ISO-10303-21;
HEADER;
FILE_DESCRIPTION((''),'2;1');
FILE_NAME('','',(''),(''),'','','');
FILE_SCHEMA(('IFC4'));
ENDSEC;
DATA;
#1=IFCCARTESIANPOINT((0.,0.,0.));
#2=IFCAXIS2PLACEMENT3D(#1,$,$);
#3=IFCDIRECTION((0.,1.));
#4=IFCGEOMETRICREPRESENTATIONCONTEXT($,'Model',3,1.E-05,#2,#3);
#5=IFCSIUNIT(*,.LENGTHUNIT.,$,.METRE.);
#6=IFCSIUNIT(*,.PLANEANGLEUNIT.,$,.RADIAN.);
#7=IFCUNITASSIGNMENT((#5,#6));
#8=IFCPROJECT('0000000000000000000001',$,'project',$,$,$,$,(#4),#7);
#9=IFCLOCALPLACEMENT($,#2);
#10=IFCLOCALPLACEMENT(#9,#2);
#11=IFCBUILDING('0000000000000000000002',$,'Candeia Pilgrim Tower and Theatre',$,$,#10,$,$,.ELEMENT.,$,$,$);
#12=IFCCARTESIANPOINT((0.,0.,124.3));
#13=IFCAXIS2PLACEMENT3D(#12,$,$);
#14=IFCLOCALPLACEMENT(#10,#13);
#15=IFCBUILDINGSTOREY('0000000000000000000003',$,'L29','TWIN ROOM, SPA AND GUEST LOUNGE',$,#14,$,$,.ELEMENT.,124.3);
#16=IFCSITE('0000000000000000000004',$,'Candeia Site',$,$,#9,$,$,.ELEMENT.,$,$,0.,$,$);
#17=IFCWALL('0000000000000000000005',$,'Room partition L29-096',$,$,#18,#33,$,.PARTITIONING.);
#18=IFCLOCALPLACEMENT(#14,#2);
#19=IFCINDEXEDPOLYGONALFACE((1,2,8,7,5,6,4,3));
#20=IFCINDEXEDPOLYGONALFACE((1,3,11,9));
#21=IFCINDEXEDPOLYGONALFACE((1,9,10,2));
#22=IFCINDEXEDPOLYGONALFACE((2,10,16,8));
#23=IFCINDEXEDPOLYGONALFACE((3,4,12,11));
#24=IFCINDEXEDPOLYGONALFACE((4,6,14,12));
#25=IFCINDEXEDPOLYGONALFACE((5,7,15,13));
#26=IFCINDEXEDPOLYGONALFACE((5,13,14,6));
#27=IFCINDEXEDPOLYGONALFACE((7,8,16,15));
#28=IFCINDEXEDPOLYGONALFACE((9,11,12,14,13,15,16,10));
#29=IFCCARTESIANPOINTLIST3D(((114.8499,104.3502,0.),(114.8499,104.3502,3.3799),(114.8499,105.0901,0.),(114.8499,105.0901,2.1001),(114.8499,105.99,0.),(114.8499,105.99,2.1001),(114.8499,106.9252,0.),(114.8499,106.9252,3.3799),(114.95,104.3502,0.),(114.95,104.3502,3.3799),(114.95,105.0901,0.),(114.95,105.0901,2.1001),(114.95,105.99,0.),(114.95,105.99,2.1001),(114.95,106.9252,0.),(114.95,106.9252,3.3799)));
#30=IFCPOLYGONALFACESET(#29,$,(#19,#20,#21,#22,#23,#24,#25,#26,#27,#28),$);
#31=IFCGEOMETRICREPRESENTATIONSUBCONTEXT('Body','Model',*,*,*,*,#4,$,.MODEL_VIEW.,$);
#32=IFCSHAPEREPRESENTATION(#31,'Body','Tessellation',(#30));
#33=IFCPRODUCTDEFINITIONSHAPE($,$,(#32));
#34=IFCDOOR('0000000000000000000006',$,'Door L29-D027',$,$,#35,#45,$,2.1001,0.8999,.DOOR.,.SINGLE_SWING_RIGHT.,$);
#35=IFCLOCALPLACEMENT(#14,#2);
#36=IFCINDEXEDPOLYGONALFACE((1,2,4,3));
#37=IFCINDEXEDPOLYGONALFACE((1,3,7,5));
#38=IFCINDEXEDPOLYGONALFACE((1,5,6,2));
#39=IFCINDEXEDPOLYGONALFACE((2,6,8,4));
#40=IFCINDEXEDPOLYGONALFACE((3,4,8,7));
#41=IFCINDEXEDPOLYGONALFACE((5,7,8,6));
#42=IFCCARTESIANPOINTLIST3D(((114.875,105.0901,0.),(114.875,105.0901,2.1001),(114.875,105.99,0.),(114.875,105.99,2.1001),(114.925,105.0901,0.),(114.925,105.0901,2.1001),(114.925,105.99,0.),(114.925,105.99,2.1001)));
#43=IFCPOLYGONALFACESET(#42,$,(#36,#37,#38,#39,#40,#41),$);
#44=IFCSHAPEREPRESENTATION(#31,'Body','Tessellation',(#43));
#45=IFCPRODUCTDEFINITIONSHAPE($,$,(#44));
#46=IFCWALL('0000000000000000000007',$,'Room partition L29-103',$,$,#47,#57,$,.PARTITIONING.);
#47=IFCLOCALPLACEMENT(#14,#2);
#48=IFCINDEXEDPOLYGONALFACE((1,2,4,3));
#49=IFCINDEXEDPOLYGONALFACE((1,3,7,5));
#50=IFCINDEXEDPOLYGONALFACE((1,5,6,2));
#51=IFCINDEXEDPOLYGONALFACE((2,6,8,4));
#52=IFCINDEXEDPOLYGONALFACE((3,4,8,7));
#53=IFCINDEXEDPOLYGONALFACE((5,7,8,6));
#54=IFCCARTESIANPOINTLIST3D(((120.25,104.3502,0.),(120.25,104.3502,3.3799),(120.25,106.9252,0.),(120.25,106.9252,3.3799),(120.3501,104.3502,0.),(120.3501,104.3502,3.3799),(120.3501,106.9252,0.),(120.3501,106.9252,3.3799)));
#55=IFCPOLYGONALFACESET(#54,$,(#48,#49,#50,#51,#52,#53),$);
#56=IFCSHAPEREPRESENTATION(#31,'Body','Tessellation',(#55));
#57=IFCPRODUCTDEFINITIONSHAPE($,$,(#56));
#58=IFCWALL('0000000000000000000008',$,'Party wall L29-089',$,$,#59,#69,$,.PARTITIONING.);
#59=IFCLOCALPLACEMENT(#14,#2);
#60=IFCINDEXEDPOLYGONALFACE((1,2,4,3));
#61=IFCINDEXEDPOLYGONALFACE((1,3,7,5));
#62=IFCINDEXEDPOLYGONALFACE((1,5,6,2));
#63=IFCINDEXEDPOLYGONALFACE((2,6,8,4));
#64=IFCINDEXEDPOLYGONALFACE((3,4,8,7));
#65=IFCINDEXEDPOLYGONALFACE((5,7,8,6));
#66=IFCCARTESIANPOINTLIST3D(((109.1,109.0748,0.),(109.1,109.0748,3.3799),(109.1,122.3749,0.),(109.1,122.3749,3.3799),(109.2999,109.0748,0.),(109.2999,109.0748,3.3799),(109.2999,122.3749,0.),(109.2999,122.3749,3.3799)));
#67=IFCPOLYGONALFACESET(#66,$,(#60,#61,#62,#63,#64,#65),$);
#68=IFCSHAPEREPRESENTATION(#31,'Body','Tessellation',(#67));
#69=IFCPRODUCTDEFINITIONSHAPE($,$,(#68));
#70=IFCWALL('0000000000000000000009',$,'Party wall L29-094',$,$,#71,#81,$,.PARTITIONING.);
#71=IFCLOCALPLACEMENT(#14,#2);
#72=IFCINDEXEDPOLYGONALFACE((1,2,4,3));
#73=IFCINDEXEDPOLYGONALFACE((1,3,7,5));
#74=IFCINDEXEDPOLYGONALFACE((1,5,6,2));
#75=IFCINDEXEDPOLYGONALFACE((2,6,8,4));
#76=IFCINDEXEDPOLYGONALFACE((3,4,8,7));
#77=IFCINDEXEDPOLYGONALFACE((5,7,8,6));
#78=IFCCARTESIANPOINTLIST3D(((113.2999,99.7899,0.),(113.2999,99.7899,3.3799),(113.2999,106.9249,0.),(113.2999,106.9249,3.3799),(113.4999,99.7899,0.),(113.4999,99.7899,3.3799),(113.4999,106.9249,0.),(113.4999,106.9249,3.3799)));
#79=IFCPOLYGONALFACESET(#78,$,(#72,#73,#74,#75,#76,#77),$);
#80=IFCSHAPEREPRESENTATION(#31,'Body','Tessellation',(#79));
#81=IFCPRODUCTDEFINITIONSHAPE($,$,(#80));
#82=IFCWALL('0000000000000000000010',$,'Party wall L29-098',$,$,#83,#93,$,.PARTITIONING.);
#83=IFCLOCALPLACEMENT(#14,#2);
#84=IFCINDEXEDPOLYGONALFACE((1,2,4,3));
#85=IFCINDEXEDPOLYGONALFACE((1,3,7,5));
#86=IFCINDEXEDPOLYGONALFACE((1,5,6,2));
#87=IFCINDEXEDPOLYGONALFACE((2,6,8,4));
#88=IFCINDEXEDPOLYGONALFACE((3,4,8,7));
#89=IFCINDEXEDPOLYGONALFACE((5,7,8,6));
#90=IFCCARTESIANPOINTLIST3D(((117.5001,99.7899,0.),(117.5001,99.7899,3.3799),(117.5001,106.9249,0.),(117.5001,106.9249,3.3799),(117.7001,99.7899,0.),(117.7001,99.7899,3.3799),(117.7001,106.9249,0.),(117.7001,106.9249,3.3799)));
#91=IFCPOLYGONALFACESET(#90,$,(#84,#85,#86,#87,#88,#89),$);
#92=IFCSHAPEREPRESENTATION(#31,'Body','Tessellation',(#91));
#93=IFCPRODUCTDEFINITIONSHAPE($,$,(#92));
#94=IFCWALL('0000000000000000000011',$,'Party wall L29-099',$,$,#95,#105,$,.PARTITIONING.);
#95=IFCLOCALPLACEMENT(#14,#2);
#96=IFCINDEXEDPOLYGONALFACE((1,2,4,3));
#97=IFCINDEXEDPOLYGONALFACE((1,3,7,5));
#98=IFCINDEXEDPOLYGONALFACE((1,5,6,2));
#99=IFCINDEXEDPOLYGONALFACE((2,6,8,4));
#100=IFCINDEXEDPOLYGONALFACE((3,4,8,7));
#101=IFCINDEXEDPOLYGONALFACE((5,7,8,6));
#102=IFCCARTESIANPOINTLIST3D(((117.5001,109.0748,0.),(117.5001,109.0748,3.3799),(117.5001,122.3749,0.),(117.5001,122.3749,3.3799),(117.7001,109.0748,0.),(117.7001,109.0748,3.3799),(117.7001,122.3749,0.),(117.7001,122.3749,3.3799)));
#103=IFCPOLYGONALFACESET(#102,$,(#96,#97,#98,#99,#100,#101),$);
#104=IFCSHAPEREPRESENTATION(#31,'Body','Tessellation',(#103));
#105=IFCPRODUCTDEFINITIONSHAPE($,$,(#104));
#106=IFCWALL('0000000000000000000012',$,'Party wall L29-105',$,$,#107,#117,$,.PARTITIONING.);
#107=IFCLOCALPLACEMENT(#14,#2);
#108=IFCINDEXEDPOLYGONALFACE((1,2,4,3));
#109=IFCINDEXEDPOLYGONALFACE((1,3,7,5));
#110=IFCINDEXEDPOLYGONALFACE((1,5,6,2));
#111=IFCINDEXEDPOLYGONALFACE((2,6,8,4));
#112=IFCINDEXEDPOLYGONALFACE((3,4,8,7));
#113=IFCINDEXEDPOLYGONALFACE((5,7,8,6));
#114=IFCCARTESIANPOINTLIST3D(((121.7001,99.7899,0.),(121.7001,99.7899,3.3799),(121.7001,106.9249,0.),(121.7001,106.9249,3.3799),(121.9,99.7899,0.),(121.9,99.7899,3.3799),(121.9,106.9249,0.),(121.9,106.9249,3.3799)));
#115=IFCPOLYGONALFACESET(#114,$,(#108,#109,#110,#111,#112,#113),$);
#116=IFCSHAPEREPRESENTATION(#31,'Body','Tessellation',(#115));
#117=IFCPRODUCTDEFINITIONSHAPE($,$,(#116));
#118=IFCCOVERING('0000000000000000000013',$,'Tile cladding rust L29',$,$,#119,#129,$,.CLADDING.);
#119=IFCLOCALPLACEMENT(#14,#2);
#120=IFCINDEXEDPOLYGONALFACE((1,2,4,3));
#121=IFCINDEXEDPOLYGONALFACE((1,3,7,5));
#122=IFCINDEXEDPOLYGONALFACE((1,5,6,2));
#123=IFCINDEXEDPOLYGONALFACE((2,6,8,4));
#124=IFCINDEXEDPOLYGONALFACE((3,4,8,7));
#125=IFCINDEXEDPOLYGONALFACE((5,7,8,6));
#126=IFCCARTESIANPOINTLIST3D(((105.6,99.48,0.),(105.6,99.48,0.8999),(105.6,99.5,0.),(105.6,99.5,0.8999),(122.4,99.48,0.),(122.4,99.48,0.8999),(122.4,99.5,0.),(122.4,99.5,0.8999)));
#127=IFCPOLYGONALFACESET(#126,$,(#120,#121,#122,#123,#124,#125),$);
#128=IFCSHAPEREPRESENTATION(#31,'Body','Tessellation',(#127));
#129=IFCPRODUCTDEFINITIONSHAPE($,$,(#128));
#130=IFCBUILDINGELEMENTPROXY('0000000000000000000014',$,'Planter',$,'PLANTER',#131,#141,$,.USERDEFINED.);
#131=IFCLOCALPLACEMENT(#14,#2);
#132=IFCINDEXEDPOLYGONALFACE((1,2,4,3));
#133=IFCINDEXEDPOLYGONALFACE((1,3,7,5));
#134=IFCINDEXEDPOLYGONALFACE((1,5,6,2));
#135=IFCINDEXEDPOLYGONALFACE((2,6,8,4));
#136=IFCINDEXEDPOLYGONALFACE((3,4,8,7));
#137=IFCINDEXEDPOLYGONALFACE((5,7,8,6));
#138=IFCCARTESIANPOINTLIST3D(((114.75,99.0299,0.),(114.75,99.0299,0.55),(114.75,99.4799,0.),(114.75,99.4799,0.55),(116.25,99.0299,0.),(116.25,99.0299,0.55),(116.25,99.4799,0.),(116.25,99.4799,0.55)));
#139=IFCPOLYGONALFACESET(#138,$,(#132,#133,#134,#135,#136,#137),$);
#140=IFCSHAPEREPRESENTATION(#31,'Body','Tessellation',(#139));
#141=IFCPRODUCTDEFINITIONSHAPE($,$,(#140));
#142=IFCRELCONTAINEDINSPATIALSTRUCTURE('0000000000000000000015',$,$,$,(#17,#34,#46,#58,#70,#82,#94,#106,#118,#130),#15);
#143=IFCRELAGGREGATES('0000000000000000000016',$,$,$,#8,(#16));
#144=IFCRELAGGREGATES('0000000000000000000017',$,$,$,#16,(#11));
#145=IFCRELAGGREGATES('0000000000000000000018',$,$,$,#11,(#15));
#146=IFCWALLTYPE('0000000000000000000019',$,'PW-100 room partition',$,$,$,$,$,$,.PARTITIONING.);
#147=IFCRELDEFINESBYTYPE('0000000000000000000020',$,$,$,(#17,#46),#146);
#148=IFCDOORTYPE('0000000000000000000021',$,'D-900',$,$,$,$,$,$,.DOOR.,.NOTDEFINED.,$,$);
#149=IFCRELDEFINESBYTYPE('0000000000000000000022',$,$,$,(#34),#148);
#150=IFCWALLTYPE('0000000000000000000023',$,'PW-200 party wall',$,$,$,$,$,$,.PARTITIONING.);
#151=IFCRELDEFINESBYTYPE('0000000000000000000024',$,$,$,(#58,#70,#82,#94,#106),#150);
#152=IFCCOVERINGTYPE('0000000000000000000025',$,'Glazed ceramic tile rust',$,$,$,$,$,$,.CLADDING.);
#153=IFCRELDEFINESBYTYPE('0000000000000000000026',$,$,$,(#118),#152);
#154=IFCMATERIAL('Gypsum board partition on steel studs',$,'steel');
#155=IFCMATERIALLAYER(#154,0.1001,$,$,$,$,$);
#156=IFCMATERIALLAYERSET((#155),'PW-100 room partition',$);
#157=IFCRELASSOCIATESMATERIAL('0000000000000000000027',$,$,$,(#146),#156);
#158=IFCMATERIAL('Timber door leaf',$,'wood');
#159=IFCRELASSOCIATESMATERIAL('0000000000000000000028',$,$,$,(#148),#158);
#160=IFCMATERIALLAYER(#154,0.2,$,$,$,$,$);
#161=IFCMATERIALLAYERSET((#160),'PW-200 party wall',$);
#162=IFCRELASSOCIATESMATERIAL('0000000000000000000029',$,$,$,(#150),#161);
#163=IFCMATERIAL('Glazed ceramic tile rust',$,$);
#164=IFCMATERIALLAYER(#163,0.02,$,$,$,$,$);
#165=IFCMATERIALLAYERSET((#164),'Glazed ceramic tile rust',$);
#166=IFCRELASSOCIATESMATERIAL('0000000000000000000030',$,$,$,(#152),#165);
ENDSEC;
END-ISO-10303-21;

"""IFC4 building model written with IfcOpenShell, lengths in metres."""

from ifc_helpers import new_model, si_unit, direction, frame, frame_2d, origin, origin_2d, place, context, subcontext, project, spatial, rectangle, extrude, material, layer, layer_set, type_object, element, fill, save


model = new_model("IFC4")

# Units and contexts
model_context = context("Model", 3, precision=1e-05, world=origin(), true_north=direction((0.0, 1.0)))
body_context = subcontext(model_context, "Body", "Model", "MODEL_VIEW")
ifc_project = project(units=[si_unit("LENGTHUNIT", "METRE"), si_unit("PLANEANGLEUNIT", "RADIAN")], contexts=[model_context])

# Site, building, storey
site_placement = place(None, origin())
site = spatial("IfcSite", under=ifc_project, at=site_placement, Name="Candeia Site", CompositionType="ELEMENT", RefElevation=0.0)
building_placement = place(site_placement, origin())
building = spatial("IfcBuilding", under=site, at=building_placement, Name="Candeia Pilgrim Tower and Theatre", CompositionType="ELEMENT")
storey_placement = place(building_placement, frame((0.0, 0.0, 124.3)))
storey = spatial("IfcBuildingStorey", under=building, at=storey_placement, Name="L29", Description="TWIN ROOM, SPA AND GUEST LOUNGE", CompositionType="ELEMENT", Elevation=124.3)

# Shared definitions
ifc_material_1 = material(Name="Gypsum board partition on steel studs", Category="steel")
ifc_layer_1 = layer(ifc_material_1, 0.1001)
ifc_layer_set_1 = layer_set([ifc_layer_1], Name="PW-100 room partition")
wall_type_1 = type_object("IfcWallType", Name="PW-100 room partition", PredefinedType="PARTITIONING", material=ifc_layer_set_1)
ifc_material_2 = material(Name="Timber door leaf", Category="wood")

# Wall, opening, door
wall_1_placement = place(storey_placement, frame((114.8999, 104.3501, 0.0), z_axis=(0.0, 0.0, 1.0), x_axis=(0.0, 1.0, 0.0)))
wall_1 = element("IfcWall", 1, at=wall_1_placement, inside=storey, type_object=wall_type_1, Name="Room partition L29-096", PredefinedType="PARTITIONING", context=body_context, shape_type="SweptSolid", body=[
    extrude(rectangle(XDim=2.575, YDim=0.1001, at=frame_2d((1.2876, 0.0))), origin(), (0.0, 0.0, 1.0), 3.3799),
])
opening_1_placement = place(wall_1_placement, frame((0.74, 0.0, 0.0)))
opening_1 = element("IfcOpeningElement", 2, at=opening_1_placement, cuts=wall_1, PredefinedType="OPENING", context=body_context, shape_type="SweptSolid", body=[
    extrude(rectangle(XDim=0.8999, YDim=2.1001, at=frame_2d((0.45, 1.05))), frame((0.0, 0.0601, 0.0), z_axis=(0.0, -1.0, 0.0), x_axis=(1.0, 0.0, 0.0)), (0.0, 0.0, 1.0), 0.1201),
])
door_type_1 = type_object("IfcDoorType", Name="D-900", OperationType="NOTDEFINED", PredefinedType="DOOR", material=ifc_material_2)
door_1_placement = place(opening_1_placement, origin())
door_1 = element("IfcDoor", 3, at=door_1_placement, inside=storey, type_object=door_type_1, Name="Door L29-D027", OperationType="SINGLE_SWING_RIGHT", OverallHeight=2.1001, OverallWidth=0.8999, PredefinedType="DOOR", context=body_context, shape_type="SweptSolid", body=[
    extrude(rectangle(XDim=0.8999, YDim=2.1001, at=frame_2d((0.45, 1.05))), frame((0.0, 0.0249, 0.0), z_axis=(0.0, -1.0, 0.0), x_axis=(1.0, 0.0, 0.0)), (0.0, 0.0, 1.0), 0.05),
])
fill(opening_1, door_1)

# Walls
wall_2_placement = place(storey_placement, frame((120.3, 104.3501, 0.0), z_axis=(0.0, 0.0, 1.0), x_axis=(0.0, 1.0, 0.0)))
element("IfcWall", 4, at=wall_2_placement, inside=storey, type_object=wall_type_1, Name="Room partition L29-103", PredefinedType="PARTITIONING", context=body_context, shape_type="SweptSolid", body=[
    extrude(rectangle(XDim=2.575, YDim=0.1001, at=frame_2d((1.2876, 0.0))), origin(), (0.0, 0.0, 1.0), 3.3799),
])
ifc_layer_2 = layer(ifc_material_1, 0.2)
ifc_layer_set_2 = layer_set([ifc_layer_2], Name="PW-200 party wall")
wall_type_2 = type_object("IfcWallType", Name="PW-200 party wall", PredefinedType="PARTITIONING", material=ifc_layer_set_2)
wall_3_placement = place(storey_placement, frame((109.2, 109.075, 0.0), z_axis=(0.0, 0.0, 1.0), x_axis=(0.0, 1.0, 0.0)))
element("IfcWall", 5, at=wall_3_placement, inside=storey, type_object=wall_type_2, Name="Party wall L29-089", PredefinedType="PARTITIONING", context=body_context, shape_type="SweptSolid", body=[
    extrude(rectangle(XDim=13.3, YDim=0.2, at=frame_2d((6.6499, 0.0))), origin(), (0.0, 0.0, 1.0), 3.3799),
])
for number, where, z_axis, x_axis, name in (
    (6, (113.3999, 99.79, 0.0), (0.0, 0.0, 1.0), (0.0, 1.0, 0.0), "Party wall L29-094"),
    (7, (117.6001, 99.79, 0.0), (0.0, 0.0, 1.0), (0.0, 1.0, 0.0), "Party wall L29-098"),
):
    element("IfcWall", number, at=place(storey_placement, frame(where, z_axis=z_axis, x_axis=x_axis)), inside=storey, type_object=wall_type_2, Name=name, PredefinedType="PARTITIONING", context=body_context, shape_type="SweptSolid", body=[
        extrude(rectangle(XDim=7.135, YDim=0.2, at=frame_2d((3.5674, 0.0))), origin(), (0.0, 0.0, 1.0), 3.3799),
    ])
wall_4_placement = place(storey_placement, frame((117.6001, 109.075, 0.0), z_axis=(0.0, 0.0, 1.0), x_axis=(0.0, 1.0, 0.0)))
element("IfcWall", 8, at=wall_4_placement, inside=storey, type_object=wall_type_2, Name="Party wall L29-099", PredefinedType="PARTITIONING", context=body_context, shape_type="SweptSolid", body=[
    extrude(rectangle(XDim=13.3, YDim=0.2, at=frame_2d((6.6499, 0.0))), origin(), (0.0, 0.0, 1.0), 3.3799),
])
wall_5_placement = place(storey_placement, frame((121.8, 99.79, 0.0), z_axis=(0.0, 0.0, 1.0), x_axis=(0.0, 1.0, 0.0)))
element("IfcWall", 9, at=wall_5_placement, inside=storey, type_object=wall_type_2, Name="Party wall L29-105", PredefinedType="PARTITIONING", context=body_context, shape_type="SweptSolid", body=[
    extrude(rectangle(XDim=7.135, YDim=0.2, at=frame_2d((3.5674, 0.0))), origin(), (0.0, 0.0, 1.0), 3.3799),
])

# Covering
ifc_material_3 = material(Name="Glazed ceramic tile rust")
ifc_layer_3 = layer(ifc_material_3, 0.02)
ifc_layer_set_3 = layer_set([ifc_layer_3], Name="Glazed ceramic tile rust")
covering_type = type_object("IfcCoveringType", Name="Glazed ceramic tile rust", PredefinedType="CLADDING", material=ifc_layer_set_3)
covering_placement = place(storey_placement, frame((114.0, 99.49, 0.0), z_axis=(0.0, 0.0, 1.0), x_axis=(1.0, 0.0, 0.0)))
element("IfcCovering", 10, at=covering_placement, inside=storey, type_object=covering_type, Name="Tile cladding rust L29", PredefinedType="CLADDING", context=body_context, shape_type="SweptSolid", body=[
    extrude(rectangle(XDim=16.8, YDim=0.02, at=origin_2d()), origin(), (0.0, 0.0, 1.0), 0.8999),
])

# Building element proxy
proxy_placement = place(storey_placement, frame((115.5, 99.2549, 0.0), z_axis=(0.0, 0.0, 1.0), x_axis=(1.0, 0.0, 0.0)))
element("IfcBuildingElementProxy", 11, at=proxy_placement, inside=storey, Name="Planter", ObjectType="PLANTER", PredefinedType="USERDEFINED", context=body_context, shape_type="SweptSolid", body=[
    extrude(rectangle(XDim=1.5, YDim=0.45, at=origin_2d()), origin(), (0.0, 0.0, 1.0), 0.55),
])

save(model, "model.ifc")
